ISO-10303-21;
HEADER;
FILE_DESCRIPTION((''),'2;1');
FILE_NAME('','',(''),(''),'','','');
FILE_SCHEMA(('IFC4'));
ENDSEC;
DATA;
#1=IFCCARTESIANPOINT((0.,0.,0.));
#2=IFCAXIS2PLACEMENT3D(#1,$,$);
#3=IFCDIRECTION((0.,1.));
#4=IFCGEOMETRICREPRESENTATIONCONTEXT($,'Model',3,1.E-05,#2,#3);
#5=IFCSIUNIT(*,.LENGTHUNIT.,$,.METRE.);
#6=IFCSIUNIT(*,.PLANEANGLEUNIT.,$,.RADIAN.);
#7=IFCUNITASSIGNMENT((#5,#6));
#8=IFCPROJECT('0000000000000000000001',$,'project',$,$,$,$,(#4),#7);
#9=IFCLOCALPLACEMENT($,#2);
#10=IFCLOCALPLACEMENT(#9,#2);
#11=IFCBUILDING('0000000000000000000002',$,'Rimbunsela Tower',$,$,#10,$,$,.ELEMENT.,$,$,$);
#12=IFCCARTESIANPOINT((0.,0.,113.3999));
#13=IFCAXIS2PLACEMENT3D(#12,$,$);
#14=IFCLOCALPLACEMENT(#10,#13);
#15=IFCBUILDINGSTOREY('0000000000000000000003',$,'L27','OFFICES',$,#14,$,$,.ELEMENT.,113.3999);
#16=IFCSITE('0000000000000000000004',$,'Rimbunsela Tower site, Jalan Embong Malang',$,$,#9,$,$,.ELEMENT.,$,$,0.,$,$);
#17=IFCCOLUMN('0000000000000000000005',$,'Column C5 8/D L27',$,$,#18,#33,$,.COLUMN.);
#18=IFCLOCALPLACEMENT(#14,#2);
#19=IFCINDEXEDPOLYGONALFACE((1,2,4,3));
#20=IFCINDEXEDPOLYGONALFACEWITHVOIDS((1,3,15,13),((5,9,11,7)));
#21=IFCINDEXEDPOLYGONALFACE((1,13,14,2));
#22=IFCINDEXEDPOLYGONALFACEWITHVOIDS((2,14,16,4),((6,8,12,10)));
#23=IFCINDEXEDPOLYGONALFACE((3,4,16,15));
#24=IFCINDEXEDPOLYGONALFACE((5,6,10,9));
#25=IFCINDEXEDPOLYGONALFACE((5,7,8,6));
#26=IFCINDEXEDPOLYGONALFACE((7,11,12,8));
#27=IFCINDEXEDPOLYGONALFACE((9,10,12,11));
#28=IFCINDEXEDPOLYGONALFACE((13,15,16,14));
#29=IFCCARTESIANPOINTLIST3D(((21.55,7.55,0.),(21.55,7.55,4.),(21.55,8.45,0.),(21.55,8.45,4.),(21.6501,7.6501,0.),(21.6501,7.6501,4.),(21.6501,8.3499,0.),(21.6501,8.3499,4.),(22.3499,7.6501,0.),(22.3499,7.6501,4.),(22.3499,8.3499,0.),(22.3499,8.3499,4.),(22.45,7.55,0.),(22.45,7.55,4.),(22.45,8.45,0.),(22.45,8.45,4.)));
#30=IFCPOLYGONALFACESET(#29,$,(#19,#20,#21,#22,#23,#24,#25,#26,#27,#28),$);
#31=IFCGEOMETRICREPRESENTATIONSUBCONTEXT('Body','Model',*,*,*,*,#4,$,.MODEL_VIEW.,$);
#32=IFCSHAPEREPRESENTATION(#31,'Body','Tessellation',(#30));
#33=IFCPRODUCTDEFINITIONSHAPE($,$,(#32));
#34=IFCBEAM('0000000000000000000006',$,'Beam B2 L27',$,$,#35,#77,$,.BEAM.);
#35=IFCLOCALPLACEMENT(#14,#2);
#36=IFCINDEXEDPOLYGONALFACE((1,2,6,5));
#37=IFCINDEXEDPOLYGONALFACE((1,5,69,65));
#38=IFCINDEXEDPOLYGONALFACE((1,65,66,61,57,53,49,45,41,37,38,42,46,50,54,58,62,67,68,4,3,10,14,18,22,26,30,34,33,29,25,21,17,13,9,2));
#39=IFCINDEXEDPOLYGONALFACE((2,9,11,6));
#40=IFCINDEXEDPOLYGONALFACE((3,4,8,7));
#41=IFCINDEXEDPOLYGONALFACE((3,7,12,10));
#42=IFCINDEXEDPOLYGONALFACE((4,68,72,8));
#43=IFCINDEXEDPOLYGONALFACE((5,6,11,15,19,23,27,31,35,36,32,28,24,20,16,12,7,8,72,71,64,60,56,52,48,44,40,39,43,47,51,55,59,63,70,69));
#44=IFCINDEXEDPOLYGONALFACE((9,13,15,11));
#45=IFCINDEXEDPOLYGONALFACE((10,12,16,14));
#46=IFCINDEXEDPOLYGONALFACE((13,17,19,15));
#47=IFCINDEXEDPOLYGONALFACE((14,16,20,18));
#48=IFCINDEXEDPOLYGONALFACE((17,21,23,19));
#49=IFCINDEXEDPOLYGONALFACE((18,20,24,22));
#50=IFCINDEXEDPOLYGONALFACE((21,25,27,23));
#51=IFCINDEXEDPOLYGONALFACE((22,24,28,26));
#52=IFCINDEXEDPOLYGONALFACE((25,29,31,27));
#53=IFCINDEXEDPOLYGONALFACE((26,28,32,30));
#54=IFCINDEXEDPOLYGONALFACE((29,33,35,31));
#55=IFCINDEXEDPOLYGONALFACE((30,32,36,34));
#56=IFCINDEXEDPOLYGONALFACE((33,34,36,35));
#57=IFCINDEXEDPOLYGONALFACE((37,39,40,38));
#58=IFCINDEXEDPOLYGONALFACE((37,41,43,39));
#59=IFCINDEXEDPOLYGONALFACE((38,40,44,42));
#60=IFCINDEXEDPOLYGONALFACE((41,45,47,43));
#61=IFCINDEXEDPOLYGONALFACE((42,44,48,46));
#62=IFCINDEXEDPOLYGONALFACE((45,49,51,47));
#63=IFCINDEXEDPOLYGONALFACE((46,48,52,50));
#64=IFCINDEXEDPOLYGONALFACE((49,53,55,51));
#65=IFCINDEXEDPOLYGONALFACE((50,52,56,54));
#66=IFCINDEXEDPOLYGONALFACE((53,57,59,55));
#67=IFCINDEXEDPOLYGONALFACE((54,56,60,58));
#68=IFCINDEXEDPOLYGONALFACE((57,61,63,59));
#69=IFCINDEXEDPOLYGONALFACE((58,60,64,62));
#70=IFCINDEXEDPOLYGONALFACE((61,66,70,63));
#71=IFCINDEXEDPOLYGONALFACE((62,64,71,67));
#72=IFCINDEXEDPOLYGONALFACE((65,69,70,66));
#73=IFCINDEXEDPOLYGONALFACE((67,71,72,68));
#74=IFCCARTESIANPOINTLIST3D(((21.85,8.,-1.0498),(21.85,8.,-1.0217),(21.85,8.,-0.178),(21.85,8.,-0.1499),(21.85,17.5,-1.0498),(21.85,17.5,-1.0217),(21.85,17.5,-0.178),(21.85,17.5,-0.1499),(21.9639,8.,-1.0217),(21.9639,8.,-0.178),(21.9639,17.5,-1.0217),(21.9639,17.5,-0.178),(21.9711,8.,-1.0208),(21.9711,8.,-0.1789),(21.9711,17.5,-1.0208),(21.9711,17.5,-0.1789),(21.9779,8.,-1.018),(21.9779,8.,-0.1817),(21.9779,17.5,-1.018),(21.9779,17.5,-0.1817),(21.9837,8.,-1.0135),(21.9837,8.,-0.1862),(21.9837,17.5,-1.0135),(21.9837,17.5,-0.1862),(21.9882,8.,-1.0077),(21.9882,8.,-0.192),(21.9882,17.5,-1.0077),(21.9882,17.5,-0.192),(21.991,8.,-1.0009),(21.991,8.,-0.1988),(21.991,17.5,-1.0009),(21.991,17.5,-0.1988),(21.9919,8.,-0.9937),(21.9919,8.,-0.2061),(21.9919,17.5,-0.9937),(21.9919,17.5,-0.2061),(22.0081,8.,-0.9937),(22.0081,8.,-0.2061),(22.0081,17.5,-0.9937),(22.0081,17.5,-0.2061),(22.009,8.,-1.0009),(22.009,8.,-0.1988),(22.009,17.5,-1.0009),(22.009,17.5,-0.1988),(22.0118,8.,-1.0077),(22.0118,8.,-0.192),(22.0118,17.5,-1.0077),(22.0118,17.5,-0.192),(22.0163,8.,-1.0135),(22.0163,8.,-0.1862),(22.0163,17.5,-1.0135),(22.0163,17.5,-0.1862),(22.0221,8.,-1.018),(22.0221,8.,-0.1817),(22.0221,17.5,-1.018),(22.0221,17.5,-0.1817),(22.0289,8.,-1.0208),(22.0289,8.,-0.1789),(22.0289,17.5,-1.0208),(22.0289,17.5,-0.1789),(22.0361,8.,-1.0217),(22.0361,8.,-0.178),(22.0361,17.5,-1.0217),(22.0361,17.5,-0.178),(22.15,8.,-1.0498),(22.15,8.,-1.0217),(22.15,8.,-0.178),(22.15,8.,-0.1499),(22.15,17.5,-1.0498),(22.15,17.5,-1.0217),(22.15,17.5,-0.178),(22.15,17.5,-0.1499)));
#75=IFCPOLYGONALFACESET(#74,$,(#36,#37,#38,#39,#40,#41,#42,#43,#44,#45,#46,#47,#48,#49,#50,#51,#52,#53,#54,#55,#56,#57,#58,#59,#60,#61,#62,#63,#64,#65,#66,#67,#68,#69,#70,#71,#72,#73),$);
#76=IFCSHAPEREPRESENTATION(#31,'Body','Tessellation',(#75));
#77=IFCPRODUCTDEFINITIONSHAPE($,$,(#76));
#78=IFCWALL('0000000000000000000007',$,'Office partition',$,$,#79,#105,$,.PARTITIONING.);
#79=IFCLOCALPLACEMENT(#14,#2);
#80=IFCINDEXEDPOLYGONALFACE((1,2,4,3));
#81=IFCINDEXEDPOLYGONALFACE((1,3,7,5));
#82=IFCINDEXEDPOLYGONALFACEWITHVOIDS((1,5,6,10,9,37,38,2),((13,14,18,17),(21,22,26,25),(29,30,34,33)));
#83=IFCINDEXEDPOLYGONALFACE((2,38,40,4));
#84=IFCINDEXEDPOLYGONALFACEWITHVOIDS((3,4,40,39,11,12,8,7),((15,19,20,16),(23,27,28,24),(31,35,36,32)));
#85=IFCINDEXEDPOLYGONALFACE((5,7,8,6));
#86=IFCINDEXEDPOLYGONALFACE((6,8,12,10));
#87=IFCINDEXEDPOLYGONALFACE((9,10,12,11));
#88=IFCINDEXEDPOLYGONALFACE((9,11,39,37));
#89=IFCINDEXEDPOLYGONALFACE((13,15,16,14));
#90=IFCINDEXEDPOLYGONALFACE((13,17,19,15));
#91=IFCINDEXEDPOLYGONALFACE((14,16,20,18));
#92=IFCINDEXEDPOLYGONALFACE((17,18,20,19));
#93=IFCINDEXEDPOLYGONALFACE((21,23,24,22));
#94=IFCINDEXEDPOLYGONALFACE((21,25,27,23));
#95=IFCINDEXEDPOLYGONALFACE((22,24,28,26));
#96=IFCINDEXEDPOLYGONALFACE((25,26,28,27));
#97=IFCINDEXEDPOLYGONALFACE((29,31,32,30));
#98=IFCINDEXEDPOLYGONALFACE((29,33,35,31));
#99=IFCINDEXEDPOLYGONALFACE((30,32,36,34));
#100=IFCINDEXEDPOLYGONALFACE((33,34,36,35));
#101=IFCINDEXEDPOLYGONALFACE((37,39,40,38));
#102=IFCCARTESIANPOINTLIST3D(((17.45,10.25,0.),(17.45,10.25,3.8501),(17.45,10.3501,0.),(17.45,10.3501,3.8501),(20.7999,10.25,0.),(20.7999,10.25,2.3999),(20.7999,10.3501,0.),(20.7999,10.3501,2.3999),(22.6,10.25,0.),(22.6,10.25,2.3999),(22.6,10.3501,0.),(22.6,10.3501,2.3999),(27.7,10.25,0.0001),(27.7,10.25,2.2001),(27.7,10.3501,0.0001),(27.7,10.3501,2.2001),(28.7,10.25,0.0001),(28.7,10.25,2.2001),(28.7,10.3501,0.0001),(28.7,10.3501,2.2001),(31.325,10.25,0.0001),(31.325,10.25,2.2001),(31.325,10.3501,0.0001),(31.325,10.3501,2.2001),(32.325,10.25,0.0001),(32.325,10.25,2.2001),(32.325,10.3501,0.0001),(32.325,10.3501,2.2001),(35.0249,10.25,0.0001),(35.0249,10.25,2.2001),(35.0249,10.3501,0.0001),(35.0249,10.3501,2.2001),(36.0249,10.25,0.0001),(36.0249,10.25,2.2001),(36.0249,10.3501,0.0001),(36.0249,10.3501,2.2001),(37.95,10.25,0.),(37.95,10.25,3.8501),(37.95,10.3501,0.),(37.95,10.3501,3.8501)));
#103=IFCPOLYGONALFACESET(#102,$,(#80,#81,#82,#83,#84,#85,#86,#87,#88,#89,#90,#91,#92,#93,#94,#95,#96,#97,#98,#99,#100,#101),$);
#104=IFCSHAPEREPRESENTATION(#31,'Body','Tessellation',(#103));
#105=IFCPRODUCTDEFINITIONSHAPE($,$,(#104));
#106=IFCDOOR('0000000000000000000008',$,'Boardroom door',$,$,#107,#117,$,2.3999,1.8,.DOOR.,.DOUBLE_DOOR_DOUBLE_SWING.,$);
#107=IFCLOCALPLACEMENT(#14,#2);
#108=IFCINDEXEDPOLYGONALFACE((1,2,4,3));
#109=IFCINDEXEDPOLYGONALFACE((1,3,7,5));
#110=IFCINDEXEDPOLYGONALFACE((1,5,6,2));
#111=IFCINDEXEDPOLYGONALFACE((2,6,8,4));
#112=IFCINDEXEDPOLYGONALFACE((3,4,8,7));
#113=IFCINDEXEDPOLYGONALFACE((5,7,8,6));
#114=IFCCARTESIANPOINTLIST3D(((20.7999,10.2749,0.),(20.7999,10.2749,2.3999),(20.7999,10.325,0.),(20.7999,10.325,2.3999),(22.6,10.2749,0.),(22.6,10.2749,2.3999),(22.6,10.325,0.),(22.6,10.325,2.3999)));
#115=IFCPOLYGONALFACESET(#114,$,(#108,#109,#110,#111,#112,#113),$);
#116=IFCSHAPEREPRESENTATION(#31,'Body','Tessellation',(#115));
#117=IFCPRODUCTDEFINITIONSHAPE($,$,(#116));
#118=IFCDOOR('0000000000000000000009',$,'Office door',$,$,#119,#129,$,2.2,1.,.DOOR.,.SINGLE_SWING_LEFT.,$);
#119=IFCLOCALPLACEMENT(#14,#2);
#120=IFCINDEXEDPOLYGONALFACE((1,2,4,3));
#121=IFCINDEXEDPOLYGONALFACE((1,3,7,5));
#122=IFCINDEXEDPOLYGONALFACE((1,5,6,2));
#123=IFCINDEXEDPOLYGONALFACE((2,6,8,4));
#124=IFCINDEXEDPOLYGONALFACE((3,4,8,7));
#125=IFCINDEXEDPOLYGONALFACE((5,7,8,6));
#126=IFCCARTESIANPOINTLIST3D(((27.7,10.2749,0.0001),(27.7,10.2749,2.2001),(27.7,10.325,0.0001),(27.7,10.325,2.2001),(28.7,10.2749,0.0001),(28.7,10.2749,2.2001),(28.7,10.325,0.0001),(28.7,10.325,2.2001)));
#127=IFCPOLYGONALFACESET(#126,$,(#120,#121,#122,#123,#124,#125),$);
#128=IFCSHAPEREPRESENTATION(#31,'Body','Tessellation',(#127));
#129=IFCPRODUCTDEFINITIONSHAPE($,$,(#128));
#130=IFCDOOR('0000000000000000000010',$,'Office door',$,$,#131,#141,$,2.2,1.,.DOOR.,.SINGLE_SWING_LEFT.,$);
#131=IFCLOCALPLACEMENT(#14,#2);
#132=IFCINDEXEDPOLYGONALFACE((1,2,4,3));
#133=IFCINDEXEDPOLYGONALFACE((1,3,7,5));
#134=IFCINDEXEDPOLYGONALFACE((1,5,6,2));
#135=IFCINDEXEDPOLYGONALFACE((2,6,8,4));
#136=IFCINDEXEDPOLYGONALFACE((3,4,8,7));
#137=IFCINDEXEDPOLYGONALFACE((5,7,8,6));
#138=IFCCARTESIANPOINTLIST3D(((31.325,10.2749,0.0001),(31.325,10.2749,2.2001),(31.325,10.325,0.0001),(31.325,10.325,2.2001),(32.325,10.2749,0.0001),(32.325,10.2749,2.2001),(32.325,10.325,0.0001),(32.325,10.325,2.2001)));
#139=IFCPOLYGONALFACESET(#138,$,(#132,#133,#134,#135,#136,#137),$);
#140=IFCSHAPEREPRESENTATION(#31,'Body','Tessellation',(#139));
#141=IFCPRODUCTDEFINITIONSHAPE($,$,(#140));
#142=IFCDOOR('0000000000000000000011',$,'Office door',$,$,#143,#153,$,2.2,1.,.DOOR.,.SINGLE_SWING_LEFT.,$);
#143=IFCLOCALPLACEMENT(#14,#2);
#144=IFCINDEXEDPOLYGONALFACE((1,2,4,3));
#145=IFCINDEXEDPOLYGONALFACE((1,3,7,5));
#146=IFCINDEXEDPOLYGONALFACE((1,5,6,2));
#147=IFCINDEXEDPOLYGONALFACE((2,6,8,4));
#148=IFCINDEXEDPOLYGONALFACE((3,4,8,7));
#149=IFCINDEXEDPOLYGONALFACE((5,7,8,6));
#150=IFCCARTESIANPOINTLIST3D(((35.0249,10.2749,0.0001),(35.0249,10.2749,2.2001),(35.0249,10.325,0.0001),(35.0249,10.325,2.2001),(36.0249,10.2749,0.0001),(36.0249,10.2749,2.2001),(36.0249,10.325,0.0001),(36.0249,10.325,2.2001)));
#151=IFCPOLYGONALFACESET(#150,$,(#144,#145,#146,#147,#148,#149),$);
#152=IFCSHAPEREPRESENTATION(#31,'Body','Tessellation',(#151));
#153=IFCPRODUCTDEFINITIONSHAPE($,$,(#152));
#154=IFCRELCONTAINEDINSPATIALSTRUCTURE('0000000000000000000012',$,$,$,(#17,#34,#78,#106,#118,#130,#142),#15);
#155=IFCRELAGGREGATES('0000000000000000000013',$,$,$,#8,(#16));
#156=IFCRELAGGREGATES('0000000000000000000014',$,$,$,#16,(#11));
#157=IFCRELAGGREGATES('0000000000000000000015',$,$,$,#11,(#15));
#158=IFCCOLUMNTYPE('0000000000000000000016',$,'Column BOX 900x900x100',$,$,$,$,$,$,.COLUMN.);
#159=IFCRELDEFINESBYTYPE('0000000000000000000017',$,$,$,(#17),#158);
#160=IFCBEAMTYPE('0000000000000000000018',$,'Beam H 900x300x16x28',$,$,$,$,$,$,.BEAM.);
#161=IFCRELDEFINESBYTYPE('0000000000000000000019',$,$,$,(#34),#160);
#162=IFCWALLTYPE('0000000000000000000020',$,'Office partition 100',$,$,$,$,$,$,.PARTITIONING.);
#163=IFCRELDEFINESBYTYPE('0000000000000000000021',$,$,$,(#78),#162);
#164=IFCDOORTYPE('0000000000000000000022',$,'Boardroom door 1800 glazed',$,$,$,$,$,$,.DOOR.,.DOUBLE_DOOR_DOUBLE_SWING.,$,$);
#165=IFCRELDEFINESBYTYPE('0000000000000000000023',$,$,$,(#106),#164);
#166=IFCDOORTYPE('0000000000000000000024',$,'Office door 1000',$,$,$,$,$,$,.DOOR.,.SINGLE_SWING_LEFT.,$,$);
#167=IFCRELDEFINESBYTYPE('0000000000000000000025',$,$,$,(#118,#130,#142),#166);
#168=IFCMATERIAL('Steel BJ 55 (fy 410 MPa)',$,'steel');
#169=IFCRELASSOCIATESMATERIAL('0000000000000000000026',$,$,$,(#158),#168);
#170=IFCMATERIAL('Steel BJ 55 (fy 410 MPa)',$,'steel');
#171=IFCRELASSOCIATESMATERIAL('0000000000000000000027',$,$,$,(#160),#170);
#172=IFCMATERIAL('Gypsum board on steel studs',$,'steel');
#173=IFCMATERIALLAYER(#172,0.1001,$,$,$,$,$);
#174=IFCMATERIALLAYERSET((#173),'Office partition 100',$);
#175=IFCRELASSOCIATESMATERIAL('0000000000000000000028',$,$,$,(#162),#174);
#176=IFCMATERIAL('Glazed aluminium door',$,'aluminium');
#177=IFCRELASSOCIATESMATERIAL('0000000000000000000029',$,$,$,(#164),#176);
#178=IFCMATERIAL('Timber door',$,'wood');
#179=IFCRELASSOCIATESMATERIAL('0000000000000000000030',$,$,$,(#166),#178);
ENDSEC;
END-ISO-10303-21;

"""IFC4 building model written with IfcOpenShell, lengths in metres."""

from ifc_helpers import new_model, si_unit, direction, frame, frame_2d, origin, origin_2d, place, context, subcontext, project, spatial, rectangle, hollow_rectangle, i_section, extrude, material, layer, layer_set, material_profile, profile_set, type_object, element, fill, save


model = new_model("IFC4")

# Units and contexts
model_context = context("Model", 3, precision=1e-05, world=origin(), true_north=direction((0.0, 1.0)))
body_context = subcontext(model_context, "Body", "Model", "MODEL_VIEW")
ifc_project = project(units=[si_unit("LENGTHUNIT", "METRE"), si_unit("PLANEANGLEUNIT", "RADIAN")], contexts=[model_context])

# Site, building, storey
site_placement = place(None, origin())
site = spatial("IfcSite", under=ifc_project, at=site_placement, Name="Rimbunsela Tower site, Jalan Embong Malang", CompositionType="ELEMENT", RefElevation=0.0)
building_placement = place(site_placement, origin())
building = spatial("IfcBuilding", under=site, at=building_placement, Name="Rimbunsela Tower", CompositionType="ELEMENT")
storey_placement = place(building_placement, frame((0.0, 0.0, 113.3999)))
storey = spatial("IfcBuildingStorey", under=building, at=storey_placement, Name="L27", Description="OFFICES", CompositionType="ELEMENT", Elevation=113.3999)

# Column
ifc_material_1 = material(Name="Steel BJ 55 (fy 410 MPa)", Category="steel")
ifc_material_profile_1 = material_profile(ifc_material_1, hollow_rectangle(XDim=0.8999, YDim=0.8999, WallThickness=0.1001, at=origin_2d()), Name="BOX 900x900x100")
ifc_profile_set_1 = profile_set([ifc_material_profile_1], Name="Steel BJ 55 (fy 410 MPa)")
column_type = type_object("IfcColumnType", Name="Column BOX 900x900x100", PredefinedType="COLUMN", material=ifc_profile_set_1)
column_placement = place(storey_placement, frame((22.0, 8.0, 0.0), z_axis=(0.0, 0.0, 1.0), x_axis=(1.0, 0.0, 0.0)))
element("IfcColumn", 1, at=column_placement, inside=storey, type_object=column_type, Name="Column C5 8/D L27", PredefinedType="COLUMN", context=body_context, shape_type="SweptSolid", body=[
    extrude(hollow_rectangle(XDim=0.8999, YDim=0.8999, WallThickness=0.1001, at=origin_2d()), origin(), (0.0, 0.0, 1.0), 4.0),
])

# Beam
ifc_material_2 = material(Name="Steel BJ 55 (fy 410 MPa)", Category="steel")
ifc_material_profile_2 = material_profile(ifc_material_2, i_section(OverallWidth=0.3, OverallDepth=0.8999, WebThickness=0.0161, FlangeThickness=0.0281, FilletRadius=0.0281, at=origin_2d()), Name="H 900x300x16x28")
ifc_profile_set_2 = profile_set([ifc_material_profile_2], Name="Steel BJ 55 (fy 410 MPa)")
beam_type = type_object("IfcBeamType", Name="Beam H 900x300x16x28", PredefinedType="BEAM", material=ifc_profile_set_2)
beam_placement = place(storey_placement, frame((22.0, 8.0, -0.5999), z_axis=(0.0, 1.0, 0.0), x_axis=(-1.0, 0.0, 0.0)))
element("IfcBeam", 2, at=beam_placement, inside=storey, type_object=beam_type, Name="Beam B2 L27", PredefinedType="BEAM", context=body_context, shape_type="SweptSolid", body=[
    extrude(i_section(OverallWidth=0.3, OverallDepth=0.8999, WebThickness=0.0161, FlangeThickness=0.0281, FilletRadius=0.0281, at=origin_2d()), origin(), (0.0, 0.0, 1.0), 9.5),
])

# Wall, openings, doors
ifc_material_3 = material(Name="Gypsum board on steel studs", Category="steel")
ifc_layer_1 = layer(ifc_material_3, 0.1001)
ifc_layer_set_1 = layer_set([ifc_layer_1], Name="Office partition 100")
wall_type_1 = type_object("IfcWallType", Name="Office partition 100", PredefinedType="PARTITIONING", material=ifc_layer_set_1)
wall_1_placement = place(storey_placement, frame((17.45, 10.3, 0.0), z_axis=(0.0, 0.0, 1.0), x_axis=(1.0, 0.0, 0.0)))
wall_1 = element("IfcWall", 3, at=wall_1_placement, inside=storey, type_object=wall_type_1, Name="Office partition", PredefinedType="PARTITIONING", context=body_context, shape_type="SweptSolid", body=[
    extrude(rectangle(XDim=20.5, YDim=0.1001, at=frame_2d((10.25, 0.0))), origin(), (0.0, 0.0, 1.0), 3.8501),
])
opening_1_placement = place(wall_1_placement, frame((3.3501, 0.0, 0.0)))
opening_1 = element("IfcOpeningElement", 4, at=opening_1_placement, cuts=wall_1, PredefinedType="OPENING", context=body_context, shape_type="SweptSolid", body=[
    extrude(rectangle(XDim=1.8, YDim=2.3999, at=frame_2d((0.8999, 1.2))), frame((0.0, 0.0601, 0.0), z_axis=(0.0, -1.0, 0.0), x_axis=(1.0, 0.0, 0.0)), (0.0, 0.0, 1.0), 0.1201),
])
opening_2_placement = place(wall_1_placement, frame((10.25, 0.0, 0.0)))
opening_2 = element("IfcOpeningElement", 5, at=opening_2_placement, cuts=wall_1, PredefinedType="OPENING", context=body_context, shape_type="SweptSolid", body=[
    extrude(rectangle(XDim=1.0, YDim=2.2, at=frame_2d((0.5, 1.1001))), frame((0.0, 0.0601, 0.0), z_axis=(0.0, -1.0, 0.0), x_axis=(1.0, 0.0, 0.0)), (0.0, 0.0, 1.0), 0.1201),
])
opening_3_placement = place(wall_1_placement, frame((13.875, 0.0, 0.0)))
opening_3 = element("IfcOpeningElement", 6, at=opening_3_placement, cuts=wall_1, PredefinedType="OPENING", context=body_context, shape_type="SweptSolid", body=[
    extrude(rectangle(XDim=1.0, YDim=2.2, at=frame_2d((0.5, 1.1001))), frame((0.0, 0.0601, 0.0), z_axis=(0.0, -1.0, 0.0), x_axis=(1.0, 0.0, 0.0)), (0.0, 0.0, 1.0), 0.1201),
])
opening_4_placement = place(wall_1_placement, frame((17.575, 0.0, 0.0)))
opening_4 = element("IfcOpeningElement", 7, at=opening_4_placement, cuts=wall_1, PredefinedType="OPENING", context=body_context, shape_type="SweptSolid", body=[
    extrude(rectangle(XDim=1.0, YDim=2.2, at=frame_2d((0.5, 1.1001))), frame((0.0, 0.0601, 0.0), z_axis=(0.0, -1.0, 0.0), x_axis=(1.0, 0.0, 0.0)), (0.0, 0.0, 1.0), 0.1201),
])
ifc_material_4 = material(Name="Glazed aluminium door", Category="aluminium")
door_type_1 = type_object("IfcDoorType", Name="Boardroom door 1800 glazed", OperationType="DOUBLE_DOOR_DOUBLE_SWING", PredefinedType="DOOR", material=ifc_material_4)
door_1_placement = place(opening_1_placement, origin())
door_1 = element("IfcDoor", 8, at=door_1_placement, inside=storey, type_object=door_type_1, Name="Boardroom door", OperationType="DOUBLE_DOOR_DOUBLE_SWING", OverallHeight=2.3999, OverallWidth=1.8, PredefinedType="DOOR", context=body_context, shape_type="SweptSolid", body=[
    extrude(rectangle(XDim=1.8, YDim=2.3999, at=frame_2d((0.8999, 1.2))), frame((0.0, 0.0249, 0.0), z_axis=(0.0, -1.0, 0.0), x_axis=(1.0, 0.0, 0.0)), (0.0, 0.0, 1.0), 0.05),
])
fill(opening_1, door_1)
ifc_material_5 = material(Name="Timber door", Category="wood")
door_type_2 = type_object("IfcDoorType", Name="Office door 1000", OperationType="SINGLE_SWING_LEFT", PredefinedType="DOOR", material=ifc_material_5)
door_2_placement = place(opening_2_placement, origin())
door_2 = element("IfcDoor", 9, at=door_2_placement, inside=storey, type_object=door_type_2, Name="Office door", OperationType="SINGLE_SWING_LEFT", OverallHeight=2.2, OverallWidth=1.0, PredefinedType="DOOR", context=body_context, shape_type="SweptSolid", body=[
    extrude(rectangle(XDim=1.0, YDim=2.2, at=frame_2d((0.5, 1.1001))), frame((0.0, 0.0249, 0.0), z_axis=(0.0, -1.0, 0.0), x_axis=(1.0, 0.0, 0.0)), (0.0, 0.0, 1.0), 0.05),
])
fill(opening_2, door_2)
door_3_placement = place(opening_3_placement, origin())
door_3 = element("IfcDoor", 10, at=door_3_placement, inside=storey, type_object=door_type_2, Name="Office door", OperationType="SINGLE_SWING_LEFT", OverallHeight=2.2, OverallWidth=1.0, PredefinedType="DOOR", context=body_context, shape_type="SweptSolid", body=[
    extrude(rectangle(XDim=1.0, YDim=2.2, at=frame_2d((0.5, 1.1001))), frame((0.0, 0.0249, 0.0), z_axis=(0.0, -1.0, 0.0), x_axis=(1.0, 0.0, 0.0)), (0.0, 0.0, 1.0), 0.05),
])
fill(opening_3, door_3)
door_4_placement = place(opening_4_placement, origin())
door_4 = element("IfcDoor", 11, at=door_4_placement, inside=storey, type_object=door_type_2, Name="Office door", OperationType="SINGLE_SWING_LEFT", OverallHeight=2.2, OverallWidth=1.0, PredefinedType="DOOR", context=body_context, shape_type="SweptSolid", body=[
    extrude(rectangle(XDim=1.0, YDim=2.2, at=frame_2d((0.5, 1.1001))), frame((0.0, 0.0249, 0.0), z_axis=(0.0, -1.0, 0.0), x_axis=(1.0, 0.0, 0.0)), (0.0, 0.0, 1.0), 0.05),
])
fill(opening_4, door_4)

save(model, "model.ifc")
